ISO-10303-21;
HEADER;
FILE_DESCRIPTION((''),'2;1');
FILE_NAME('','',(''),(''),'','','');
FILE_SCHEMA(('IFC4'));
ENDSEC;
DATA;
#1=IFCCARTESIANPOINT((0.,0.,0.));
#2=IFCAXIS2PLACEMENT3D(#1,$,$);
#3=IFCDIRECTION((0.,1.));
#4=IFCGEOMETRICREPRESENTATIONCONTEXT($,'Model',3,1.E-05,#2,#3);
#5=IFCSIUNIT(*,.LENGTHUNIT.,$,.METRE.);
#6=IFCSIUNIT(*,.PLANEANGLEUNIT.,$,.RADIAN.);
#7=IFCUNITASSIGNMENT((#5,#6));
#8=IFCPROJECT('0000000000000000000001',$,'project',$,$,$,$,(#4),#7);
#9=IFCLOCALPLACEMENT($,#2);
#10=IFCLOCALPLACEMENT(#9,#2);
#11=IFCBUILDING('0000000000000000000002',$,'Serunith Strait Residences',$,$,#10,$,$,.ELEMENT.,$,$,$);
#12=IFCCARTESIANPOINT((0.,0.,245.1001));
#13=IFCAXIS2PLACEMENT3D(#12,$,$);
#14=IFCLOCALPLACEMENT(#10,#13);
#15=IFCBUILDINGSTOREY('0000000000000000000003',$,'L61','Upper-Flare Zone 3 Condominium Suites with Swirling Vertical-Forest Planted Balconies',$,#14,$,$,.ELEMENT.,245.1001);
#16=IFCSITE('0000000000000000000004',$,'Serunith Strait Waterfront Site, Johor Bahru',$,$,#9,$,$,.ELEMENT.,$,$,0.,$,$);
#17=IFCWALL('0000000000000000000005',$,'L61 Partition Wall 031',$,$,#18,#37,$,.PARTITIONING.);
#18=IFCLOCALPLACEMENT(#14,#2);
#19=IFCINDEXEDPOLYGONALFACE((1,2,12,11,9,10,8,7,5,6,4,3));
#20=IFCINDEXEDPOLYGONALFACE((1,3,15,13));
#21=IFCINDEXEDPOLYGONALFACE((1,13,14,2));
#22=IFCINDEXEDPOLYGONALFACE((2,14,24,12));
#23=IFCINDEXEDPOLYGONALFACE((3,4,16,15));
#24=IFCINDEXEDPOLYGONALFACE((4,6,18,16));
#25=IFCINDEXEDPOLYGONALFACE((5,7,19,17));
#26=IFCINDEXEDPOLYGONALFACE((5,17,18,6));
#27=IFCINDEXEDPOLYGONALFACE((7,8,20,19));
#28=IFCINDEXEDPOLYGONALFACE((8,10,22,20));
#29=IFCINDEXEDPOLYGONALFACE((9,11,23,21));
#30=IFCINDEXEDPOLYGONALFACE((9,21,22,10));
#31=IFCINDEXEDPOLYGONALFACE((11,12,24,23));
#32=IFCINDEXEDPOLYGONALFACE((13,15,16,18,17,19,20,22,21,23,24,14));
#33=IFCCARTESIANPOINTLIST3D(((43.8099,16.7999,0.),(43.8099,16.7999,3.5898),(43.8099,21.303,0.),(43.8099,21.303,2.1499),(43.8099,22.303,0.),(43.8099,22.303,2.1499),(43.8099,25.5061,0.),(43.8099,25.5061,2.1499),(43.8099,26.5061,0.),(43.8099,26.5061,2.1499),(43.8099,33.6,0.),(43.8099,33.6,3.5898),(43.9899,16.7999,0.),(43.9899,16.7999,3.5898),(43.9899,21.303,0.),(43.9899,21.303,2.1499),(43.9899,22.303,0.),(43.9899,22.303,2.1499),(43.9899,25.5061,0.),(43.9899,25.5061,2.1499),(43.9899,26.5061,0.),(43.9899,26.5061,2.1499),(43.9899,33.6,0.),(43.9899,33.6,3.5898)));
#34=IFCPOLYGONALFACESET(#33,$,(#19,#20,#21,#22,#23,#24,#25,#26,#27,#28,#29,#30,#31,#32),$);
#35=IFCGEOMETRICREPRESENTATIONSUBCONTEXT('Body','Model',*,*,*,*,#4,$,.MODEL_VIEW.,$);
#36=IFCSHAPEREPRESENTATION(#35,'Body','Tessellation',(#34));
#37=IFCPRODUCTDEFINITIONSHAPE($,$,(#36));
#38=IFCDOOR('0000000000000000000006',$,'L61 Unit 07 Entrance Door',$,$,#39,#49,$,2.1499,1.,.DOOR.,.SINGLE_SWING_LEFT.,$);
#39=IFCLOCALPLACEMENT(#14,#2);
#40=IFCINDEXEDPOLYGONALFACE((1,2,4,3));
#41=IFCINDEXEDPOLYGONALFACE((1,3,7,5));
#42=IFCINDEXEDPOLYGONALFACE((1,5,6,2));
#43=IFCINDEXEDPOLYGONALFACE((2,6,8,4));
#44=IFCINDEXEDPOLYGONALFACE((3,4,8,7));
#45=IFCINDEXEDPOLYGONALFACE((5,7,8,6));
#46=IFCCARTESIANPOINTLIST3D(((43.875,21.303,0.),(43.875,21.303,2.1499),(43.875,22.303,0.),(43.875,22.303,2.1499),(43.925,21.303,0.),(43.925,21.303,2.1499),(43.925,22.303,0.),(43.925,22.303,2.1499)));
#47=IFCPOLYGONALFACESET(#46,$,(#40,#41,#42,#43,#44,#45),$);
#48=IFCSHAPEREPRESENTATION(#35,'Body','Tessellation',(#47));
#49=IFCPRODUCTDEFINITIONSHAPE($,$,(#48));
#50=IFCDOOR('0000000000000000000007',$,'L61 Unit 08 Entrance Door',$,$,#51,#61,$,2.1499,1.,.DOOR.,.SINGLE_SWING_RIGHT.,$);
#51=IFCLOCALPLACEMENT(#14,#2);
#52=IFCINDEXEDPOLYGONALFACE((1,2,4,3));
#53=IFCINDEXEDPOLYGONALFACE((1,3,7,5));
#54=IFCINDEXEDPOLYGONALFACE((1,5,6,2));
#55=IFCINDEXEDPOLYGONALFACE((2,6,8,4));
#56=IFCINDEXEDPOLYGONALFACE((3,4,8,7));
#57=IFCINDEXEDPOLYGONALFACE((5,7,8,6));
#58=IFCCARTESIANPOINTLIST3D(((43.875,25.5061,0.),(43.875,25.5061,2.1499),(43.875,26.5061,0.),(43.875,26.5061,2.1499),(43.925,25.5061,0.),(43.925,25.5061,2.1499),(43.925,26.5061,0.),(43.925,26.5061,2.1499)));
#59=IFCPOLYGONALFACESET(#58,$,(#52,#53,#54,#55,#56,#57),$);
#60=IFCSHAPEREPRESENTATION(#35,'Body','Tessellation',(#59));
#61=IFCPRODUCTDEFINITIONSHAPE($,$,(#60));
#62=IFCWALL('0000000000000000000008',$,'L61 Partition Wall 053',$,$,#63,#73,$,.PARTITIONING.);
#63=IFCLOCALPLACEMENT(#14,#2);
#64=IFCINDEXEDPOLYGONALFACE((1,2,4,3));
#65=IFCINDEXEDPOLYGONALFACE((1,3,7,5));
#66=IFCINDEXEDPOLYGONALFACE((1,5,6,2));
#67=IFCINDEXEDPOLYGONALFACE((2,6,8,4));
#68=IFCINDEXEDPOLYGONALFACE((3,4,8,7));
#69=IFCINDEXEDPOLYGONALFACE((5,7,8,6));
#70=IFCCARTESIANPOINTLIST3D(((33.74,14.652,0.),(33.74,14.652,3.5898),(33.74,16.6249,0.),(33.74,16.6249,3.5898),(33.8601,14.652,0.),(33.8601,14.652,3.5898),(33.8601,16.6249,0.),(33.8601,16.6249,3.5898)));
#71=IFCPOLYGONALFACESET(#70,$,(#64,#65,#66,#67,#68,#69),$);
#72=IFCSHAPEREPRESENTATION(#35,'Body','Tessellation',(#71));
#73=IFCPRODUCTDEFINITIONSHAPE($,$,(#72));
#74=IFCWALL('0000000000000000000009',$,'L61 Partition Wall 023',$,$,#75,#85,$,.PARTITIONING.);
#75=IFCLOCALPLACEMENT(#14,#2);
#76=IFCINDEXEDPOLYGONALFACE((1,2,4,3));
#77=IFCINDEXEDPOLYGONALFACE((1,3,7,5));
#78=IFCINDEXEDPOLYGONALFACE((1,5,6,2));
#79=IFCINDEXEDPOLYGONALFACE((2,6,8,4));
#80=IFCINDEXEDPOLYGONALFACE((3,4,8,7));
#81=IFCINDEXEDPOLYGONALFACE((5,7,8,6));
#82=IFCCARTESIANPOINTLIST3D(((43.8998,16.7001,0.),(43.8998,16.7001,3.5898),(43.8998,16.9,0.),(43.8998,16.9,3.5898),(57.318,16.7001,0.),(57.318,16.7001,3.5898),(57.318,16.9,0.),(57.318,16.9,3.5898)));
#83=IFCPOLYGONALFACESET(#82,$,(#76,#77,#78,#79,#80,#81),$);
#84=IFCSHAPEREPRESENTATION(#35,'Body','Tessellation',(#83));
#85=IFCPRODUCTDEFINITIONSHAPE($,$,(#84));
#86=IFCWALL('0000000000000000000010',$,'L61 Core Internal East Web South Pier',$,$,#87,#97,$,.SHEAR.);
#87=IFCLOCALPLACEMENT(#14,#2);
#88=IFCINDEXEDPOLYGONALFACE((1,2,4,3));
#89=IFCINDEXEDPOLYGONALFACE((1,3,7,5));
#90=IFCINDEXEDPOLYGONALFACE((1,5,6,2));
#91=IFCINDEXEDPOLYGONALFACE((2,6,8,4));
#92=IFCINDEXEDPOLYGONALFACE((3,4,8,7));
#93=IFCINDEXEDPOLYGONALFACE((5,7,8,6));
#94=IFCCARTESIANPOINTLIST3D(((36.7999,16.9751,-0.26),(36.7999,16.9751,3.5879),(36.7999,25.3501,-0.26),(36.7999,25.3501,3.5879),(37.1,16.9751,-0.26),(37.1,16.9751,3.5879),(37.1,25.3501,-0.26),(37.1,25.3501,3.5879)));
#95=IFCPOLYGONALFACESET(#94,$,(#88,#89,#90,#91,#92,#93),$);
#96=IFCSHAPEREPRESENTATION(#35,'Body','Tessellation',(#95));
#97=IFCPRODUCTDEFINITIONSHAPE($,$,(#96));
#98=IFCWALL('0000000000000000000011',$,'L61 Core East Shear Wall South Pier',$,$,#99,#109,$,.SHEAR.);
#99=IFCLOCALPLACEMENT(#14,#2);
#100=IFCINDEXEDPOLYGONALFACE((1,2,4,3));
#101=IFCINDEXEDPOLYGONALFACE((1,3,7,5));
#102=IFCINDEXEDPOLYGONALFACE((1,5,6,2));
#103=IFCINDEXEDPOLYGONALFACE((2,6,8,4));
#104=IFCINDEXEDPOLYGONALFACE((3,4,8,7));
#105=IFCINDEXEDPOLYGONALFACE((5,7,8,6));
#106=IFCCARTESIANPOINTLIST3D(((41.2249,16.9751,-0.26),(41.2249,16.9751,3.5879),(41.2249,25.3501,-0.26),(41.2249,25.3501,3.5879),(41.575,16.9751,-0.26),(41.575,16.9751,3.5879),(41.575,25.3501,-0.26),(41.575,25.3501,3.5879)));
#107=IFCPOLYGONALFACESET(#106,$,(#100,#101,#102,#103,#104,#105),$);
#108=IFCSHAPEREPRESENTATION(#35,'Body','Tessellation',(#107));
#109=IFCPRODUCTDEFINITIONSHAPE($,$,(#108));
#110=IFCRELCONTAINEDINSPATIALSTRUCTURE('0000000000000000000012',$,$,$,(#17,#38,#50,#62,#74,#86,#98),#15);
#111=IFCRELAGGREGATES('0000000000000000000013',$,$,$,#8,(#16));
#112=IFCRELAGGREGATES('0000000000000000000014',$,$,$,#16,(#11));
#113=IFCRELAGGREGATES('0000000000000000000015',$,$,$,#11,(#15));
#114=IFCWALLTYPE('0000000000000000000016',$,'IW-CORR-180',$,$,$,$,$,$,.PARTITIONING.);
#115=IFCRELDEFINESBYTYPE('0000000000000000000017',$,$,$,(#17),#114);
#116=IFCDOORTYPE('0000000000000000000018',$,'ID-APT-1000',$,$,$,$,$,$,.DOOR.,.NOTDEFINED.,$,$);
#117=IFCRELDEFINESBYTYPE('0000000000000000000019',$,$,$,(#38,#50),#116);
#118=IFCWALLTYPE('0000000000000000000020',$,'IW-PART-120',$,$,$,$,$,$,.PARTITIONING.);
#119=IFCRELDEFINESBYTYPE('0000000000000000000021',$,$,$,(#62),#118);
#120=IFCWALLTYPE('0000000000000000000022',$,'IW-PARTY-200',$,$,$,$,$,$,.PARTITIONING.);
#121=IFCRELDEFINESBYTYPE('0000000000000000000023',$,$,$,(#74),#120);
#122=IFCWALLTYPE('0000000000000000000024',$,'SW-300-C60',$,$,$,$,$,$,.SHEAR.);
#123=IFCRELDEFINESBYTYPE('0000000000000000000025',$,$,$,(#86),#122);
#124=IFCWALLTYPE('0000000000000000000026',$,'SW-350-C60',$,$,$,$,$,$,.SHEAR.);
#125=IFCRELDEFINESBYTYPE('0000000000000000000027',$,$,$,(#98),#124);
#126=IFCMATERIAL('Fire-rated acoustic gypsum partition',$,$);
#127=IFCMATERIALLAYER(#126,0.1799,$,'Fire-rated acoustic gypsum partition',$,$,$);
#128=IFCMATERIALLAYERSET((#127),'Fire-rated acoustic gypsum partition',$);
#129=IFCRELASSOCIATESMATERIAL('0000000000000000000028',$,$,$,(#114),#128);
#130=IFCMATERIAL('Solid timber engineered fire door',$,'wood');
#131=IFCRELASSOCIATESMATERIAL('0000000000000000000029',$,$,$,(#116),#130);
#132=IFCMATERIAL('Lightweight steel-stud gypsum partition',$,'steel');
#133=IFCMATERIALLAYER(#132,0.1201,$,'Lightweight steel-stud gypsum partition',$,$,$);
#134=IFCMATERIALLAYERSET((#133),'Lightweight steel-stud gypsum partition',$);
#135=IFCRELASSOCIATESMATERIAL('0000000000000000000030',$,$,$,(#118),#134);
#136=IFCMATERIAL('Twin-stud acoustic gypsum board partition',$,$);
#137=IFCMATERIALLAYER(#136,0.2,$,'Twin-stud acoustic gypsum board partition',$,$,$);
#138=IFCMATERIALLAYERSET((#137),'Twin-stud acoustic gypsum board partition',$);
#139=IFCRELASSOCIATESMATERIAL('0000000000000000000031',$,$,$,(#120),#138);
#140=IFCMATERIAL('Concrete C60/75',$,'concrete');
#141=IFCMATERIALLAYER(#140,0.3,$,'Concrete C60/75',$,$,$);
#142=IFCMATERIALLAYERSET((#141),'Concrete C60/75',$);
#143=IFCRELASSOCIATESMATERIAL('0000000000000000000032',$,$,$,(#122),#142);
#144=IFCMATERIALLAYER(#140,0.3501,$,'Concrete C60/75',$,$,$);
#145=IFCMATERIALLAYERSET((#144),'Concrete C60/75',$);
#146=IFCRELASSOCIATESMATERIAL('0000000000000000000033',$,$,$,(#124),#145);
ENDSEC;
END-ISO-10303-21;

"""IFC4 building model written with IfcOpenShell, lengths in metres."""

from ifc_helpers import new_model, si_unit, direction, frame, frame_2d, origin, place, context, subcontext, project, spatial, rectangle, extrude, source, transform, mapped, material, layer, layer_set, type_object, element, fill, save


model = new_model("IFC4")

# Units and contexts
model_context = context("Model", 3, precision=1e-05, world=origin(), true_north=direction((0.0, 1.0)))
body_context = subcontext(model_context, "Body", "Model", "MODEL_VIEW")
ifc_project = project(units=[si_unit("LENGTHUNIT", "METRE"), si_unit("PLANEANGLEUNIT", "RADIAN")], contexts=[model_context])

# Site, building, storey
site_placement = place(None, origin())
site = spatial("IfcSite", under=ifc_project, at=site_placement, Name="Serunith Strait Waterfront Site, Johor Bahru", CompositionType="ELEMENT", RefElevation=0.0)
building_placement = place(site_placement, origin())
building = spatial("IfcBuilding", under=site, at=building_placement, Name="Serunith Strait Residences", CompositionType="ELEMENT")
storey_placement = place(building_placement, frame((0.0, 0.0, 245.1001)))
storey = spatial("IfcBuildingStorey", under=building, at=storey_placement, Name="L61", Description="Upper-Flare Zone 3 Condominium Suites with Swirling Vertical-Forest Planted Balconies", CompositionType="ELEMENT", Elevation=245.1001)

# Shared definitions
ifc_material_1 = material(Name="Concrete C60/75", Category="concrete")

# Shared definitions
ifc_material_2 = material(Name="Fire-rated acoustic gypsum partition")
ifc_layer_1 = layer(ifc_material_2, 0.1799, Name="Fire-rated acoustic gypsum partition")
ifc_layer_set_1 = layer_set([ifc_layer_1], Name="Fire-rated acoustic gypsum partition")
wall_type_1 = type_object("IfcWallType", Name="IW-CORR-180", PredefinedType="PARTITIONING", material=ifc_layer_set_1)
ifc_material_3 = material(Name="Solid timber engineered fire door", Category="wood")
door_type = type_object("IfcDoorType", Name="ID-APT-1000", OperationType="NOTDEFINED", PredefinedType="DOOR", material=ifc_material_3)
shared_shape_1 = source(origin(), body_context, "Body", "SweptSolid", [
    extrude(rectangle(XDim=1.0, YDim=2.1499, at=frame_2d((0.5, 1.075))), frame((0.0, 0.0249, 0.0), z_axis=(0.0, -1.0, 0.0), x_axis=(1.0, 0.0, 0.0)), (0.0, 0.0, 1.0), 0.05),
])

# Wall, openings, doors
wall_1_placement = place(storey_placement, frame((43.8999, 16.8, 0.0), z_axis=(0.0, 0.0, 1.0), x_axis=(0.0, 1.0, 0.0)))
wall_1 = element("IfcWall", 1, at=wall_1_placement, inside=storey, type_object=wall_type_1, Name="L61 Partition Wall 031", PredefinedType="PARTITIONING", context=body_context, shape_type="SweptSolid", body=[
    extrude(rectangle(XDim=16.8, YDim=0.1799, at=frame_2d((8.3999, 0.0))), origin(), (0.0, 0.0, 1.0), 3.5898),
])
opening_1_placement = place(wall_1_placement, frame((4.5029, 0.0, 0.0)))
opening_1 = element("IfcOpeningElement", 2, at=opening_1_placement, cuts=wall_1, PredefinedType="OPENING", context=body_context, shape_type="SweptSolid", body=[
    extrude(rectangle(XDim=1.0, YDim=2.1499, at=frame_2d((0.5, 1.075))), frame((0.0, 0.1001, 0.0), z_axis=(0.0, -1.0, 0.0), x_axis=(1.0, 0.0, 0.0)), (0.0, 0.0, 1.0), 0.2),
])
opening_2_placement = place(wall_1_placement, frame((8.7061, 0.0, 0.0)))
opening_2 = element("IfcOpeningElement", 3, at=opening_2_placement, cuts=wall_1, PredefinedType="OPENING", context=body_context, shape_type="SweptSolid", body=[
    extrude(rectangle(XDim=1.0, YDim=2.1499, at=frame_2d((0.5, 1.075))), frame((0.0, 0.1001, 0.0), z_axis=(0.0, -1.0, 0.0), x_axis=(1.0, 0.0, 0.0)), (0.0, 0.0, 1.0), 0.2),
])
door_1_placement = place(opening_1_placement, origin())
door_1 = element("IfcDoor", 4, at=door_1_placement, inside=storey, type_object=door_type, Name="L61 Unit 07 Entrance Door", OperationType="SINGLE_SWING_LEFT", OverallHeight=2.1499, OverallWidth=1.0, PredefinedType="DOOR", context=body_context, shape_type="MappedRepresentation", body=[
    mapped(shared_shape_1, transform((0.0, 0.0, 0.0), scale=1.0)),
])
fill(opening_1, door_1)
door_2_placement = place(opening_2_placement, origin())
door_2 = element("IfcDoor", 5, at=door_2_placement, inside=storey, type_object=door_type, Name="L61 Unit 08 Entrance Door", OperationType="SINGLE_SWING_RIGHT", OverallHeight=2.1499, OverallWidth=1.0, PredefinedType="DOOR", context=body_context, shape_type="MappedRepresentation", body=[
    mapped(shared_shape_1, transform((0.0, 0.0, 0.0), scale=1.0)),
])
fill(opening_2, door_2)

# Walls
ifc_material_4 = material(Name="Lightweight steel-stud gypsum partition", Category="steel")
ifc_layer_2 = layer(ifc_material_4, 0.1201, Name="Lightweight steel-stud gypsum partition")
ifc_layer_set_2 = layer_set([ifc_layer_2], Name="Lightweight steel-stud gypsum partition")
wall_type_2 = type_object("IfcWallType", Name="IW-PART-120", PredefinedType="PARTITIONING", material=ifc_layer_set_2)
wall_2_placement = place(storey_placement, frame((33.8, 14.6521, 0.0), z_axis=(0.0, 0.0, 1.0), x_axis=(0.0, 1.0, 0.0)))
element("IfcWall", 6, at=wall_2_placement, inside=storey, type_object=wall_type_2, Name="L61 Partition Wall 053", PredefinedType="PARTITIONING", context=body_context, shape_type="SweptSolid", body=[
    extrude(rectangle(XDim=1.9729, YDim=0.1201, at=frame_2d((0.9863, 0.0))), origin(), (0.0, 0.0, 1.0), 3.5898),
])
ifc_material_5 = material(Name="Twin-stud acoustic gypsum board partition")
ifc_layer_3 = layer(ifc_material_5, 0.2, Name="Twin-stud acoustic gypsum board partition")
ifc_layer_set_3 = layer_set([ifc_layer_3], Name="Twin-stud acoustic gypsum board partition")
wall_type_3 = type_object("IfcWallType", Name="IW-PARTY-200", PredefinedType="PARTITIONING", material=ifc_layer_set_3)
wall_3_placement = place(storey_placement, frame((43.8999, 16.8, 0.0), z_axis=(0.0, 0.0, 1.0), x_axis=(1.0, 0.0, 0.0)))
element("IfcWall", 7, at=wall_3_placement, inside=storey, type_object=wall_type_3, Name="L61 Partition Wall 023", PredefinedType="PARTITIONING", context=body_context, shape_type="SweptSolid", body=[
    extrude(rectangle(XDim=13.4182, YDim=0.2, at=frame_2d((6.709, 0.0))), origin(), (0.0, 0.0, 1.0), 3.5898),
])
ifc_layer_4 = layer(ifc_material_1, 0.3, Name="Concrete C60/75")
ifc_layer_set_4 = layer_set([ifc_layer_4], Name="Concrete C60/75")
wall_type_4 = type_object("IfcWallType", Name="SW-300-C60", PredefinedType="SHEAR", material=ifc_layer_set_4)
wall_4_placement = place(storey_placement, frame((36.95, 16.9751, -0.26), z_axis=(0.0, 0.0, 1.0), x_axis=(0.0, 1.0, 0.0)))
element("IfcWall", 8, at=wall_4_placement, inside=storey, type_object=wall_type_4, Name="L61 Core Internal East Web South Pier", PredefinedType="SHEAR", context=body_context, shape_type="SweptSolid", body=[
    extrude(rectangle(XDim=8.375, YDim=0.3, at=frame_2d((4.1875, 0.0))), origin(), (0.0, 0.0, 1.0), 3.8479),
])
ifc_layer_5 = layer(ifc_material_1, 0.3501, Name="Concrete C60/75")
ifc_layer_set_5 = layer_set([ifc_layer_5], Name="Concrete C60/75")
wall_type_5 = type_object("IfcWallType", Name="SW-350-C60", PredefinedType="SHEAR", material=ifc_layer_set_5)
wall_5_placement = place(storey_placement, frame((41.3999, 16.9751, -0.26), z_axis=(0.0, 0.0, 1.0), x_axis=(0.0, 1.0, 0.0)))
element("IfcWall", 9, at=wall_5_placement, inside=storey, type_object=wall_type_5, Name="L61 Core East Shear Wall South Pier", PredefinedType="SHEAR", context=body_context, shape_type="SweptSolid", body=[
    extrude(rectangle(XDim=8.375, YDim=0.3501, at=frame_2d((4.1875, 0.0))), origin(), (0.0, 0.0, 1.0), 3.8479),
])

save(model, "model.ifc")
